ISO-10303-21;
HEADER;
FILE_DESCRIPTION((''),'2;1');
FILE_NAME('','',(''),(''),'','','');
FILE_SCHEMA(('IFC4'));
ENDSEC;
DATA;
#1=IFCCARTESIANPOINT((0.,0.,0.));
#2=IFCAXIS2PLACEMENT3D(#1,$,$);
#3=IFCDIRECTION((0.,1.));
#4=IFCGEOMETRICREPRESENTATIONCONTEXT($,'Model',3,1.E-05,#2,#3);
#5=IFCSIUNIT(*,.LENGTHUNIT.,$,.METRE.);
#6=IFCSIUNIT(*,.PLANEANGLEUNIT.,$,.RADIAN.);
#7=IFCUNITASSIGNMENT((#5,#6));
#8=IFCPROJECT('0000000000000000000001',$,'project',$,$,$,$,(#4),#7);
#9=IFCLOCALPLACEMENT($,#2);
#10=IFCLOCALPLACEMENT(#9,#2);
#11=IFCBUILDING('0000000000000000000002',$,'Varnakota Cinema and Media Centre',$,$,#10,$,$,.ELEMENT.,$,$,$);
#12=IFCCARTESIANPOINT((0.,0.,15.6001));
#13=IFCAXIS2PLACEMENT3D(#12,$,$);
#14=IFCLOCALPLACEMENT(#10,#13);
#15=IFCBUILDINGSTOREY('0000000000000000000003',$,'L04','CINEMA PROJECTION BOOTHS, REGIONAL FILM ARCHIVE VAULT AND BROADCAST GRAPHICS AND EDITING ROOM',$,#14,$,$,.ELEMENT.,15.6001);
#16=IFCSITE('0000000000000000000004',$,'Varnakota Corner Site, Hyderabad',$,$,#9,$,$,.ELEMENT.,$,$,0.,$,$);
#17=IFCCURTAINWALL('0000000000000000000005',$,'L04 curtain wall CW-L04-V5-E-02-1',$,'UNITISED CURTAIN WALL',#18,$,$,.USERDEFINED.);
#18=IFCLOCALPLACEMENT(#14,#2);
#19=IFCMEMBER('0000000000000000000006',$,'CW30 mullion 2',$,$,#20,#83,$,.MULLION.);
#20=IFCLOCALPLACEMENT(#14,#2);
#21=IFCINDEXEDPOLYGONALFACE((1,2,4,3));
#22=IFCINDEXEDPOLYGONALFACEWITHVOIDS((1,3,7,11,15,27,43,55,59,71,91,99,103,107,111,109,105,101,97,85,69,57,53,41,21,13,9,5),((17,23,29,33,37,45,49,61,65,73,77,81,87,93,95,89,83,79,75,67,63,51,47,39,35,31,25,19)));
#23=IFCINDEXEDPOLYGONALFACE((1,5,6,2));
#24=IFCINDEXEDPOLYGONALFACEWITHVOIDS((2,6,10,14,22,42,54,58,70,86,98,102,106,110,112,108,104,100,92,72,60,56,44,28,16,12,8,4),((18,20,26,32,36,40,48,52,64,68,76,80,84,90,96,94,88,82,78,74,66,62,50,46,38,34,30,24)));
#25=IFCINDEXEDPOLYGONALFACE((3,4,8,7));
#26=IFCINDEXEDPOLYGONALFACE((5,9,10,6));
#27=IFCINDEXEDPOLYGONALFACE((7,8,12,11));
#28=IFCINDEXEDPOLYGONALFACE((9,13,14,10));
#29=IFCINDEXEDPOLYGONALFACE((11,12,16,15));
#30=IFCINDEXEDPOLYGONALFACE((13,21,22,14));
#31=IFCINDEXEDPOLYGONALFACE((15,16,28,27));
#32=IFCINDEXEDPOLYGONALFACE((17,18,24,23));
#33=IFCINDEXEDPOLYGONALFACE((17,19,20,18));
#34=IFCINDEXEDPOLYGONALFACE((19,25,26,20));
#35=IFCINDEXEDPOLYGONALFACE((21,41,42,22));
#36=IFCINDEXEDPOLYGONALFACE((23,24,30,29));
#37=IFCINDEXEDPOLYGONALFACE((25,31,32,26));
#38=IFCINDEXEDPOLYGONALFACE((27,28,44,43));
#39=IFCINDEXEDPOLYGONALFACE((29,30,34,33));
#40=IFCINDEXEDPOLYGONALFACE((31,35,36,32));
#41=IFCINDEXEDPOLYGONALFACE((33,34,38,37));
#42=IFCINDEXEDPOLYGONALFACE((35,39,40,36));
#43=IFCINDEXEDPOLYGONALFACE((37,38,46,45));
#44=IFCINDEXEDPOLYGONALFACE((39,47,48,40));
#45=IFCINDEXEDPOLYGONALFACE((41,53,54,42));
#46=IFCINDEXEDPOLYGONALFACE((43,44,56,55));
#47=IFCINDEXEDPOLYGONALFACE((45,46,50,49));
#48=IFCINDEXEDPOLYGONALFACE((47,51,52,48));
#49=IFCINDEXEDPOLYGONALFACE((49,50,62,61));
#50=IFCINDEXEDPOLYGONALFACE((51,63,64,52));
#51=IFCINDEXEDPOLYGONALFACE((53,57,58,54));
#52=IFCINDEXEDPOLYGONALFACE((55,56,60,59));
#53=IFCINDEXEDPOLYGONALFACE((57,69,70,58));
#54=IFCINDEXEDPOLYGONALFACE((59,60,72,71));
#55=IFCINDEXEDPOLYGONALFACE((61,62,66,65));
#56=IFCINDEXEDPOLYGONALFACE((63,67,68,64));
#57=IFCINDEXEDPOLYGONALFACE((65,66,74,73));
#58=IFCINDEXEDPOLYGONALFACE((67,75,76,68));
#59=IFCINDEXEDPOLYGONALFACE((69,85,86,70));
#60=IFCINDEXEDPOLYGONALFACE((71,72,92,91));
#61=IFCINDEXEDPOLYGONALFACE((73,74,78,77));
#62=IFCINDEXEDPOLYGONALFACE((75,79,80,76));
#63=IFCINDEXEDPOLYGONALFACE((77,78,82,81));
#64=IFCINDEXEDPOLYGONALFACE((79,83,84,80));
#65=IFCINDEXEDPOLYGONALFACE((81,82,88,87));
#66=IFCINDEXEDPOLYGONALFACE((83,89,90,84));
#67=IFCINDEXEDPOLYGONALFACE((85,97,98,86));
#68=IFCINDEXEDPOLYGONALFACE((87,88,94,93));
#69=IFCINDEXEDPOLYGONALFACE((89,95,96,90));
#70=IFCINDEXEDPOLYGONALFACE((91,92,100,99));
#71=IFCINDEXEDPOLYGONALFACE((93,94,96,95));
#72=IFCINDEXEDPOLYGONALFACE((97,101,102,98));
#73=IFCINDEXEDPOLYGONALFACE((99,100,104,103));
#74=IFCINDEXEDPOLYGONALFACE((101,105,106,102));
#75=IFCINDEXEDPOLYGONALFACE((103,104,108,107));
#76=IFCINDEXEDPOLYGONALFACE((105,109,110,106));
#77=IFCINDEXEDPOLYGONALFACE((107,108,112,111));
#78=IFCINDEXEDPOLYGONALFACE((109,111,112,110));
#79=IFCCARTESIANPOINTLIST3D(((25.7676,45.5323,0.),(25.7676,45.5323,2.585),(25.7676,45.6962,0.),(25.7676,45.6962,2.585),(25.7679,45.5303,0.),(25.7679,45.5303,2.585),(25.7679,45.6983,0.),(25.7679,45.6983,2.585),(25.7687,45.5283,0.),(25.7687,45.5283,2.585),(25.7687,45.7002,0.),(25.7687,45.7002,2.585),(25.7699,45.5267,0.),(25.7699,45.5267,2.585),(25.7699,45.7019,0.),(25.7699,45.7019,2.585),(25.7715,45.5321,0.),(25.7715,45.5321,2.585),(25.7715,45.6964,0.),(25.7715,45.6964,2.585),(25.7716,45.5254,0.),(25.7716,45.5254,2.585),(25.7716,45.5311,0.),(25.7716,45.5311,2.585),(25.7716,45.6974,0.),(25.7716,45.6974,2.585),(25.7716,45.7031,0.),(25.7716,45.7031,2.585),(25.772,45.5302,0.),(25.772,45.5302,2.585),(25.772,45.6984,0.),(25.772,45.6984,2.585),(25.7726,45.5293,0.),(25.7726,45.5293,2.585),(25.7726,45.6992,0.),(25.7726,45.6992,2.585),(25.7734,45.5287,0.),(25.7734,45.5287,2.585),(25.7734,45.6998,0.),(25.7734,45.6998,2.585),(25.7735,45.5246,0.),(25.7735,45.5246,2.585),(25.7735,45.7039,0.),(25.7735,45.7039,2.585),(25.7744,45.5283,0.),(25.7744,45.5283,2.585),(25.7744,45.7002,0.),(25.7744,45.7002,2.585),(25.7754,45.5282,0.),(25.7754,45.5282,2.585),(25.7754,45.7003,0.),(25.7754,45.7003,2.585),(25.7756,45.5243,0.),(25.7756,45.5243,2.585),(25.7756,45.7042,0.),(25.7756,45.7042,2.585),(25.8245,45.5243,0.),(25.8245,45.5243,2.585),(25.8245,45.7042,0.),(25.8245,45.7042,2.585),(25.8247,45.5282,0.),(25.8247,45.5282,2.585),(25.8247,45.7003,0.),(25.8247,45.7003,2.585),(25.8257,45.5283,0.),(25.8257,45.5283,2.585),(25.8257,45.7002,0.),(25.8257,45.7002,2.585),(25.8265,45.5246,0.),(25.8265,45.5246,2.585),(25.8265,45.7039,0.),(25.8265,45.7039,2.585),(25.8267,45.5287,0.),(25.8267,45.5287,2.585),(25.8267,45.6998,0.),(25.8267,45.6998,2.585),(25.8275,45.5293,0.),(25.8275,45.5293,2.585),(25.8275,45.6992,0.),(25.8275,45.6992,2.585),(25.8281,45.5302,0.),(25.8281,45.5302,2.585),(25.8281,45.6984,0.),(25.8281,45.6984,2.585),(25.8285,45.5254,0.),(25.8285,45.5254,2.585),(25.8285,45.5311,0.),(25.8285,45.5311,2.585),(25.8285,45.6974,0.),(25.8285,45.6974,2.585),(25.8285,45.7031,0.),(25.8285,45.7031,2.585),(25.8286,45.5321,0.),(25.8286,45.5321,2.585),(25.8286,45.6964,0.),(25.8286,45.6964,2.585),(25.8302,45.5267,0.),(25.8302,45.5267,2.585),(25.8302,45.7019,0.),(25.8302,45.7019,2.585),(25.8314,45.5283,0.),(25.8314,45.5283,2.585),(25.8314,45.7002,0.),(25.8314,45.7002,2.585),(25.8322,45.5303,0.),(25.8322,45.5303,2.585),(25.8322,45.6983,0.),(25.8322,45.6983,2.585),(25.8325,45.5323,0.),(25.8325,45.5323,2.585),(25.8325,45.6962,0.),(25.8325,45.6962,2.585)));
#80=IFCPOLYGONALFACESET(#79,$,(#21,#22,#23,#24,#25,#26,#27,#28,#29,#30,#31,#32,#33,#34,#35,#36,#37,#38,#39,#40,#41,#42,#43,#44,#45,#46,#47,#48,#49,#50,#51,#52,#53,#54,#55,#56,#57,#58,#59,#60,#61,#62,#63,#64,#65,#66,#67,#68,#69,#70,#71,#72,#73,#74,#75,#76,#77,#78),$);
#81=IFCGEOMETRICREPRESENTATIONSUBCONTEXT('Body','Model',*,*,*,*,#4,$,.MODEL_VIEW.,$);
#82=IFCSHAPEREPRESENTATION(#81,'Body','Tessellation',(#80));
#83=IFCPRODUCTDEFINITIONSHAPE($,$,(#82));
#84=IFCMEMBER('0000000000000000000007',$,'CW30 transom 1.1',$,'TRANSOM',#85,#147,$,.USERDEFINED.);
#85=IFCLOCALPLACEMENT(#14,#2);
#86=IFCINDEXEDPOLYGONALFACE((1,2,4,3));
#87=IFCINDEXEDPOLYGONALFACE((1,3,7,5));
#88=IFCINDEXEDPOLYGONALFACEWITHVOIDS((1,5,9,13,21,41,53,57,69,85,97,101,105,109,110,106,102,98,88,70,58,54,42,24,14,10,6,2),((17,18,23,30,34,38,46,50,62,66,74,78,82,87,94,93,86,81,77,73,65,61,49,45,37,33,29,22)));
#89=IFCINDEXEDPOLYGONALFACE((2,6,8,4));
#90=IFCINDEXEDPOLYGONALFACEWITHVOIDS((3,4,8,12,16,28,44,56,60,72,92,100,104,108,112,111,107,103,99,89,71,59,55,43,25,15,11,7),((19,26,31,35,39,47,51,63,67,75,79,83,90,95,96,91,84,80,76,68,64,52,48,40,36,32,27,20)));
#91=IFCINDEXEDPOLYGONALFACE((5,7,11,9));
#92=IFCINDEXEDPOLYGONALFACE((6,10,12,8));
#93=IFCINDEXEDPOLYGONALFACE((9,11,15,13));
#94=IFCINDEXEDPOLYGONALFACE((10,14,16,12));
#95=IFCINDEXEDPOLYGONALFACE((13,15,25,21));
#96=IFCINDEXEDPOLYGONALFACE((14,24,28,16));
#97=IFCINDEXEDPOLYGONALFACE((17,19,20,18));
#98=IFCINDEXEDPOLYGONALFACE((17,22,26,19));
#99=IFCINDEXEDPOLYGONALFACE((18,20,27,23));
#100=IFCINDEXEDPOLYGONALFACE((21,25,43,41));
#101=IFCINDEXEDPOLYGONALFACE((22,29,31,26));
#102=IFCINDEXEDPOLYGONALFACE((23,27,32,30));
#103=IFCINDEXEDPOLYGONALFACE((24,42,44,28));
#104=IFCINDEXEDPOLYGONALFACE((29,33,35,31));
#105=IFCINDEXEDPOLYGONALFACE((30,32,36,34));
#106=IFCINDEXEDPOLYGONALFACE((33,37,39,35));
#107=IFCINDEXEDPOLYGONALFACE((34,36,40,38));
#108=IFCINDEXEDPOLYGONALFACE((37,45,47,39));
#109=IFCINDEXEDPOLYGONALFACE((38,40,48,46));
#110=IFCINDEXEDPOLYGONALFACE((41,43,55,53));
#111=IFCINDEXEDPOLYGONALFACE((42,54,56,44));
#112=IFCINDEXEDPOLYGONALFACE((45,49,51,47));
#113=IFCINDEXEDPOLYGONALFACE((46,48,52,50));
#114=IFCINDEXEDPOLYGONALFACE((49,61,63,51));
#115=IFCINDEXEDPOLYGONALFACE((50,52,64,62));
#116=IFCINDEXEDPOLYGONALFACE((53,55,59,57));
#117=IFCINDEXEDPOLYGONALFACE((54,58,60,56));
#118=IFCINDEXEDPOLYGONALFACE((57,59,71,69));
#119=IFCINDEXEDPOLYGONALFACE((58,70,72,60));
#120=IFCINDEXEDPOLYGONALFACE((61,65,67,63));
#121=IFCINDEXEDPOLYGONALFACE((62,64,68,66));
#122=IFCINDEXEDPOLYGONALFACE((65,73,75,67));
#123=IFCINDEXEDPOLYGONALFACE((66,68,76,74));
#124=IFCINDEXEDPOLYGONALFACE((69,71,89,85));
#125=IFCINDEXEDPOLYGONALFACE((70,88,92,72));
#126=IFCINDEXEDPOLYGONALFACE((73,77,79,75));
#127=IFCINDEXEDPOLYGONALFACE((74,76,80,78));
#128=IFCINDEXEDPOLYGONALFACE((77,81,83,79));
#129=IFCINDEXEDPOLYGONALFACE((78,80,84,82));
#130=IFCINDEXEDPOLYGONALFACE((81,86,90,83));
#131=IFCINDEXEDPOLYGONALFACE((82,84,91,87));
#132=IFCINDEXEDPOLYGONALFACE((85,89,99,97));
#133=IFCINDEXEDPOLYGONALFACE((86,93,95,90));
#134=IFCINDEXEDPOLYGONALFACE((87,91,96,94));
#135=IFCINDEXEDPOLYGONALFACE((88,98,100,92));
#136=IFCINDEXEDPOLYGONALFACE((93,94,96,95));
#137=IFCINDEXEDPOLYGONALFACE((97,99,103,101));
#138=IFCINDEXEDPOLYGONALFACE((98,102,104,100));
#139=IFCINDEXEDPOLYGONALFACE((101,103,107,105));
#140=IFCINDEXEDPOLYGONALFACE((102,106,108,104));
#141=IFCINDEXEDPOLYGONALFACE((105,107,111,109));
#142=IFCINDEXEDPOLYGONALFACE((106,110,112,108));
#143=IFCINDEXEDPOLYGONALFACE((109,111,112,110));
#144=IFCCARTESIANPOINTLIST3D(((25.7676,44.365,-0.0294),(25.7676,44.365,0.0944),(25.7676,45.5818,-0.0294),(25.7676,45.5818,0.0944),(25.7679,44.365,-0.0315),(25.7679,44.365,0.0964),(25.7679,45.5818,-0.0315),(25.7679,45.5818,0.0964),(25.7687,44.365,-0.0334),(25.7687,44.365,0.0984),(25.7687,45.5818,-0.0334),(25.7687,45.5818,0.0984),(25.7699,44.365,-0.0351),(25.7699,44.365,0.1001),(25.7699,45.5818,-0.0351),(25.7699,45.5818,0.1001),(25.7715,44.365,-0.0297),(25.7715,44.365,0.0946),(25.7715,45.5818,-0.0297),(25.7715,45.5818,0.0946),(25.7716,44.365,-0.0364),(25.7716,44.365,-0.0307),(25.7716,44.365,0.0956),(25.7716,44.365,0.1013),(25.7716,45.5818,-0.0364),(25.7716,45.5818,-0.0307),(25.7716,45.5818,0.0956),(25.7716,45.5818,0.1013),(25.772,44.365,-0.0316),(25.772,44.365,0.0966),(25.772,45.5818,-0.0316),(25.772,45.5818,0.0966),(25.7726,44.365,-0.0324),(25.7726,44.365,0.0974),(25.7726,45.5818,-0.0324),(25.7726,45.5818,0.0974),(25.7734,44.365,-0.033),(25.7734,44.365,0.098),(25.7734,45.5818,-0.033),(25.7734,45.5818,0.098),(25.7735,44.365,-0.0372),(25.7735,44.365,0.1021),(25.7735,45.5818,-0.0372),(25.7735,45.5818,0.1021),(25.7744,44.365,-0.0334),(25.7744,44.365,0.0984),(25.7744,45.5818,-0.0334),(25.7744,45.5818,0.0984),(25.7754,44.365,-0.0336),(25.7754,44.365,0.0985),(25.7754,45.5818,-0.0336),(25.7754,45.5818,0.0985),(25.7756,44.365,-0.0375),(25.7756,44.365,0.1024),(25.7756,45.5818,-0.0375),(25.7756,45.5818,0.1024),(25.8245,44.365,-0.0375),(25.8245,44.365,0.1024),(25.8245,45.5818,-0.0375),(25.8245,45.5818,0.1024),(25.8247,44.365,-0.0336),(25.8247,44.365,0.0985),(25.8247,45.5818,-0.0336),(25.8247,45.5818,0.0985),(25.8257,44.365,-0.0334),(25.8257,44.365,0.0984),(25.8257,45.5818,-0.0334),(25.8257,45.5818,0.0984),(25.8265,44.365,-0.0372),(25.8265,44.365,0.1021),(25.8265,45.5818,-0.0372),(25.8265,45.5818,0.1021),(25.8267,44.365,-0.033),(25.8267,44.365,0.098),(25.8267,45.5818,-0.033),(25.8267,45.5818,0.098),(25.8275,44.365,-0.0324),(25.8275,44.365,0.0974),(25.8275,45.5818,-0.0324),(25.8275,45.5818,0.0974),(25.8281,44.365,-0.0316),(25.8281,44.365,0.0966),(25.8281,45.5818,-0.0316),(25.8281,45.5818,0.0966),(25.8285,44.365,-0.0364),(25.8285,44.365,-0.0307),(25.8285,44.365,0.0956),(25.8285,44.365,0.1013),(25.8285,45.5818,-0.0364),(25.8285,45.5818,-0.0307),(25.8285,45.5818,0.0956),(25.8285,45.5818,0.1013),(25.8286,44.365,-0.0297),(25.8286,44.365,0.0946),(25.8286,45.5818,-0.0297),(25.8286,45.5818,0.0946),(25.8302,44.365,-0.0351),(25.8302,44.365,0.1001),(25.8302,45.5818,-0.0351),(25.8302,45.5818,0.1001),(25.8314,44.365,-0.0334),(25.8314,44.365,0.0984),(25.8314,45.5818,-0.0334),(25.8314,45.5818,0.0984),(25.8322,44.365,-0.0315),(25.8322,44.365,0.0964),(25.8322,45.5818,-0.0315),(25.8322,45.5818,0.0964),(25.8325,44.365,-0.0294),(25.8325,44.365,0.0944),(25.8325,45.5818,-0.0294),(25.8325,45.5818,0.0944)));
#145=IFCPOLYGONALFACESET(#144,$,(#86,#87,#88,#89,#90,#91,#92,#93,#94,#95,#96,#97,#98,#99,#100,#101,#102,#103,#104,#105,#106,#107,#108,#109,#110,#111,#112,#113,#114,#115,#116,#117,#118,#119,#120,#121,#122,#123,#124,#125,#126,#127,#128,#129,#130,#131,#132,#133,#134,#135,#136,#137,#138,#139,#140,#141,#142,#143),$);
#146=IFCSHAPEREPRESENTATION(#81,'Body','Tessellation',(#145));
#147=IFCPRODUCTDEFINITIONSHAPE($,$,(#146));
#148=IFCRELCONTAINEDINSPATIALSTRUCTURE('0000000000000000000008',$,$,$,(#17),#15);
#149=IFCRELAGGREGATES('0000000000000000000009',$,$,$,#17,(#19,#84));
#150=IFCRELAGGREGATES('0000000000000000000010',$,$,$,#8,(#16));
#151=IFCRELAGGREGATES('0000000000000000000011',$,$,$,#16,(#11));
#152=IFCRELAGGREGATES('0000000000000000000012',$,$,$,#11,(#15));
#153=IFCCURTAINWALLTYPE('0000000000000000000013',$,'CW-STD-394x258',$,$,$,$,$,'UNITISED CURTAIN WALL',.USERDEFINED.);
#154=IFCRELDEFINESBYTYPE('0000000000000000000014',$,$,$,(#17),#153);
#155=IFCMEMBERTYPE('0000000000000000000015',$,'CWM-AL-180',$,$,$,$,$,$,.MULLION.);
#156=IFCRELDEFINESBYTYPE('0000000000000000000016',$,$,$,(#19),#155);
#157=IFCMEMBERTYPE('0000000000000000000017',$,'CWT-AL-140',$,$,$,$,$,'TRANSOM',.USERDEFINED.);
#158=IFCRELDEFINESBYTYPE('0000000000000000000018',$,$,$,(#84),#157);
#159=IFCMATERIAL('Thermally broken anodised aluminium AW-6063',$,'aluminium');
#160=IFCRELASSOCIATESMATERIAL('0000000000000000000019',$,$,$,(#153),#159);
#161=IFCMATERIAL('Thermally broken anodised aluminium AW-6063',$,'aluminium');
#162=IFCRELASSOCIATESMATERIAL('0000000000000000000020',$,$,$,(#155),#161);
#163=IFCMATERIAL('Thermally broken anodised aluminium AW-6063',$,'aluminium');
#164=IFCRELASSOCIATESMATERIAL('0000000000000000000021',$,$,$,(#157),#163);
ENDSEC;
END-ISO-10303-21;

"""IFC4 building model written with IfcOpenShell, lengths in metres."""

from ifc_helpers import new_model, si_unit, direction, frame, origin, origin_2d, place, context, subcontext, project, spatial, hollow_rectangle, extrude, material, material_profile, profile_set, type_object, element, aggregate, save


model = new_model("IFC4")

# Units and contexts
model_context = context("Model", 3, precision=1e-05, world=origin(), true_north=direction((0.0, 1.0)))
body_context = subcontext(model_context, "Body", "Model", "MODEL_VIEW")
ifc_project = project(units=[si_unit("LENGTHUNIT", "METRE"), si_unit("PLANEANGLEUNIT", "RADIAN")], contexts=[model_context])

# Site, building, storey
site_placement = place(None, origin())
site = spatial("IfcSite", under=ifc_project, at=site_placement, Name="Varnakota Corner Site, Hyderabad", CompositionType="ELEMENT", RefElevation=0.0)
building_placement = place(site_placement, origin())
building = spatial("IfcBuilding", under=site, at=building_placement, Name="Varnakota Cinema and Media Centre", CompositionType="ELEMENT")
storey_placement = place(building_placement, frame((0.0, 0.0, 15.6001)))
storey = spatial("IfcBuildingStorey", under=building, at=storey_placement, Name="L04", Description="CINEMA PROJECTION BOOTHS, REGIONAL FILM ARCHIVE VAULT AND BROADCAST GRAPHICS AND EDITING ROOM", CompositionType="ELEMENT", Elevation=15.6001)

# Curtain wall, members
ifc_material_1 = material(Name="Thermally broken anodised aluminium AW-6063", Category="aluminium")
curtain_wall_type = type_object("IfcCurtainWallType", Name="CW-STD-394x258", ElementType="UNITISED CURTAIN WALL", PredefinedType="USERDEFINED", material=ifc_material_1)
curtain_wall_placement = place(storey_placement, origin())
curtain_wall = element("IfcCurtainWall", 1, at=curtain_wall_placement, inside=storey, type_object=curtain_wall_type, Name="L04 curtain wall CW-L04-V5-E-02-1", ObjectType="UNITISED CURTAIN WALL", PredefinedType="USERDEFINED")
ifc_material_2 = material(Name="Thermally broken anodised aluminium AW-6063", Category="aluminium")
ifc_material_profile_1 = material_profile(ifc_material_2, hollow_rectangle(XDim=0.0649, YDim=0.1799, WallThickness=0.0039, InnerFilletRadius=0.0039, OuterFilletRadius=0.0081, at=origin_2d()), Name="AL-MULLION 180x65x4")
ifc_profile_set_1 = profile_set([ifc_material_profile_1], Name="Thermally broken anodised aluminium AW-6063")
member_type_1 = type_object("IfcMemberType", Name="CWM-AL-180", PredefinedType="MULLION", material=ifc_profile_set_1)
member_1_placement = place(storey_placement, frame((25.8, 45.6143, 0.0), z_axis=(0.0, 0.0, 1.0), x_axis=(-1.0, 0.0, 0.0)))
member_1 = element("IfcMember", 2, at=member_1_placement, type_object=member_type_1, Name="CW30 mullion 2", PredefinedType="MULLION", context=body_context, shape_type="SweptSolid", body=[
    extrude(hollow_rectangle(XDim=0.0649, YDim=0.1799, WallThickness=0.0039, InnerFilletRadius=0.0039, OuterFilletRadius=0.0081, at=origin_2d()), origin(), (0.0, 0.0, 1.0), 2.585),
])
ifc_material_3 = material(Name="Thermally broken anodised aluminium AW-6063", Category="aluminium")
ifc_material_profile_2 = material_profile(ifc_material_3, hollow_rectangle(XDim=0.0649, YDim=0.1399, WallThickness=0.0039, InnerFilletRadius=0.0039, OuterFilletRadius=0.0081, at=origin_2d()), Name="AL-TRANSOM 140x65x4")
ifc_profile_set_2 = profile_set([ifc_material_profile_2], Name="Thermally broken anodised aluminium AW-6063")
member_type_2 = type_object("IfcMemberType", Name="CWT-AL-140", ElementType="TRANSOM", PredefinedType="USERDEFINED", material=ifc_profile_set_2)
member_2_placement = place(storey_placement, frame((25.8, 44.365, 0.0325), z_axis=(0.0, 1.0, 0.0), x_axis=(-1.0, 0.0, 0.0)))
member_2 = element("IfcMember", 3, at=member_2_placement, type_object=member_type_2, Name="CW30 transom 1.1", ObjectType="TRANSOM", PredefinedType="USERDEFINED", context=body_context, shape_type="SweptSolid", body=[
    extrude(hollow_rectangle(XDim=0.0649, YDim=0.1399, WallThickness=0.0039, InnerFilletRadius=0.0039, OuterFilletRadius=0.0081, at=origin_2d()), origin(), (0.0, 0.0, 1.0), 1.2168),
])
aggregate(curtain_wall, [member_1, member_2])

save(model, "model.ifc")
